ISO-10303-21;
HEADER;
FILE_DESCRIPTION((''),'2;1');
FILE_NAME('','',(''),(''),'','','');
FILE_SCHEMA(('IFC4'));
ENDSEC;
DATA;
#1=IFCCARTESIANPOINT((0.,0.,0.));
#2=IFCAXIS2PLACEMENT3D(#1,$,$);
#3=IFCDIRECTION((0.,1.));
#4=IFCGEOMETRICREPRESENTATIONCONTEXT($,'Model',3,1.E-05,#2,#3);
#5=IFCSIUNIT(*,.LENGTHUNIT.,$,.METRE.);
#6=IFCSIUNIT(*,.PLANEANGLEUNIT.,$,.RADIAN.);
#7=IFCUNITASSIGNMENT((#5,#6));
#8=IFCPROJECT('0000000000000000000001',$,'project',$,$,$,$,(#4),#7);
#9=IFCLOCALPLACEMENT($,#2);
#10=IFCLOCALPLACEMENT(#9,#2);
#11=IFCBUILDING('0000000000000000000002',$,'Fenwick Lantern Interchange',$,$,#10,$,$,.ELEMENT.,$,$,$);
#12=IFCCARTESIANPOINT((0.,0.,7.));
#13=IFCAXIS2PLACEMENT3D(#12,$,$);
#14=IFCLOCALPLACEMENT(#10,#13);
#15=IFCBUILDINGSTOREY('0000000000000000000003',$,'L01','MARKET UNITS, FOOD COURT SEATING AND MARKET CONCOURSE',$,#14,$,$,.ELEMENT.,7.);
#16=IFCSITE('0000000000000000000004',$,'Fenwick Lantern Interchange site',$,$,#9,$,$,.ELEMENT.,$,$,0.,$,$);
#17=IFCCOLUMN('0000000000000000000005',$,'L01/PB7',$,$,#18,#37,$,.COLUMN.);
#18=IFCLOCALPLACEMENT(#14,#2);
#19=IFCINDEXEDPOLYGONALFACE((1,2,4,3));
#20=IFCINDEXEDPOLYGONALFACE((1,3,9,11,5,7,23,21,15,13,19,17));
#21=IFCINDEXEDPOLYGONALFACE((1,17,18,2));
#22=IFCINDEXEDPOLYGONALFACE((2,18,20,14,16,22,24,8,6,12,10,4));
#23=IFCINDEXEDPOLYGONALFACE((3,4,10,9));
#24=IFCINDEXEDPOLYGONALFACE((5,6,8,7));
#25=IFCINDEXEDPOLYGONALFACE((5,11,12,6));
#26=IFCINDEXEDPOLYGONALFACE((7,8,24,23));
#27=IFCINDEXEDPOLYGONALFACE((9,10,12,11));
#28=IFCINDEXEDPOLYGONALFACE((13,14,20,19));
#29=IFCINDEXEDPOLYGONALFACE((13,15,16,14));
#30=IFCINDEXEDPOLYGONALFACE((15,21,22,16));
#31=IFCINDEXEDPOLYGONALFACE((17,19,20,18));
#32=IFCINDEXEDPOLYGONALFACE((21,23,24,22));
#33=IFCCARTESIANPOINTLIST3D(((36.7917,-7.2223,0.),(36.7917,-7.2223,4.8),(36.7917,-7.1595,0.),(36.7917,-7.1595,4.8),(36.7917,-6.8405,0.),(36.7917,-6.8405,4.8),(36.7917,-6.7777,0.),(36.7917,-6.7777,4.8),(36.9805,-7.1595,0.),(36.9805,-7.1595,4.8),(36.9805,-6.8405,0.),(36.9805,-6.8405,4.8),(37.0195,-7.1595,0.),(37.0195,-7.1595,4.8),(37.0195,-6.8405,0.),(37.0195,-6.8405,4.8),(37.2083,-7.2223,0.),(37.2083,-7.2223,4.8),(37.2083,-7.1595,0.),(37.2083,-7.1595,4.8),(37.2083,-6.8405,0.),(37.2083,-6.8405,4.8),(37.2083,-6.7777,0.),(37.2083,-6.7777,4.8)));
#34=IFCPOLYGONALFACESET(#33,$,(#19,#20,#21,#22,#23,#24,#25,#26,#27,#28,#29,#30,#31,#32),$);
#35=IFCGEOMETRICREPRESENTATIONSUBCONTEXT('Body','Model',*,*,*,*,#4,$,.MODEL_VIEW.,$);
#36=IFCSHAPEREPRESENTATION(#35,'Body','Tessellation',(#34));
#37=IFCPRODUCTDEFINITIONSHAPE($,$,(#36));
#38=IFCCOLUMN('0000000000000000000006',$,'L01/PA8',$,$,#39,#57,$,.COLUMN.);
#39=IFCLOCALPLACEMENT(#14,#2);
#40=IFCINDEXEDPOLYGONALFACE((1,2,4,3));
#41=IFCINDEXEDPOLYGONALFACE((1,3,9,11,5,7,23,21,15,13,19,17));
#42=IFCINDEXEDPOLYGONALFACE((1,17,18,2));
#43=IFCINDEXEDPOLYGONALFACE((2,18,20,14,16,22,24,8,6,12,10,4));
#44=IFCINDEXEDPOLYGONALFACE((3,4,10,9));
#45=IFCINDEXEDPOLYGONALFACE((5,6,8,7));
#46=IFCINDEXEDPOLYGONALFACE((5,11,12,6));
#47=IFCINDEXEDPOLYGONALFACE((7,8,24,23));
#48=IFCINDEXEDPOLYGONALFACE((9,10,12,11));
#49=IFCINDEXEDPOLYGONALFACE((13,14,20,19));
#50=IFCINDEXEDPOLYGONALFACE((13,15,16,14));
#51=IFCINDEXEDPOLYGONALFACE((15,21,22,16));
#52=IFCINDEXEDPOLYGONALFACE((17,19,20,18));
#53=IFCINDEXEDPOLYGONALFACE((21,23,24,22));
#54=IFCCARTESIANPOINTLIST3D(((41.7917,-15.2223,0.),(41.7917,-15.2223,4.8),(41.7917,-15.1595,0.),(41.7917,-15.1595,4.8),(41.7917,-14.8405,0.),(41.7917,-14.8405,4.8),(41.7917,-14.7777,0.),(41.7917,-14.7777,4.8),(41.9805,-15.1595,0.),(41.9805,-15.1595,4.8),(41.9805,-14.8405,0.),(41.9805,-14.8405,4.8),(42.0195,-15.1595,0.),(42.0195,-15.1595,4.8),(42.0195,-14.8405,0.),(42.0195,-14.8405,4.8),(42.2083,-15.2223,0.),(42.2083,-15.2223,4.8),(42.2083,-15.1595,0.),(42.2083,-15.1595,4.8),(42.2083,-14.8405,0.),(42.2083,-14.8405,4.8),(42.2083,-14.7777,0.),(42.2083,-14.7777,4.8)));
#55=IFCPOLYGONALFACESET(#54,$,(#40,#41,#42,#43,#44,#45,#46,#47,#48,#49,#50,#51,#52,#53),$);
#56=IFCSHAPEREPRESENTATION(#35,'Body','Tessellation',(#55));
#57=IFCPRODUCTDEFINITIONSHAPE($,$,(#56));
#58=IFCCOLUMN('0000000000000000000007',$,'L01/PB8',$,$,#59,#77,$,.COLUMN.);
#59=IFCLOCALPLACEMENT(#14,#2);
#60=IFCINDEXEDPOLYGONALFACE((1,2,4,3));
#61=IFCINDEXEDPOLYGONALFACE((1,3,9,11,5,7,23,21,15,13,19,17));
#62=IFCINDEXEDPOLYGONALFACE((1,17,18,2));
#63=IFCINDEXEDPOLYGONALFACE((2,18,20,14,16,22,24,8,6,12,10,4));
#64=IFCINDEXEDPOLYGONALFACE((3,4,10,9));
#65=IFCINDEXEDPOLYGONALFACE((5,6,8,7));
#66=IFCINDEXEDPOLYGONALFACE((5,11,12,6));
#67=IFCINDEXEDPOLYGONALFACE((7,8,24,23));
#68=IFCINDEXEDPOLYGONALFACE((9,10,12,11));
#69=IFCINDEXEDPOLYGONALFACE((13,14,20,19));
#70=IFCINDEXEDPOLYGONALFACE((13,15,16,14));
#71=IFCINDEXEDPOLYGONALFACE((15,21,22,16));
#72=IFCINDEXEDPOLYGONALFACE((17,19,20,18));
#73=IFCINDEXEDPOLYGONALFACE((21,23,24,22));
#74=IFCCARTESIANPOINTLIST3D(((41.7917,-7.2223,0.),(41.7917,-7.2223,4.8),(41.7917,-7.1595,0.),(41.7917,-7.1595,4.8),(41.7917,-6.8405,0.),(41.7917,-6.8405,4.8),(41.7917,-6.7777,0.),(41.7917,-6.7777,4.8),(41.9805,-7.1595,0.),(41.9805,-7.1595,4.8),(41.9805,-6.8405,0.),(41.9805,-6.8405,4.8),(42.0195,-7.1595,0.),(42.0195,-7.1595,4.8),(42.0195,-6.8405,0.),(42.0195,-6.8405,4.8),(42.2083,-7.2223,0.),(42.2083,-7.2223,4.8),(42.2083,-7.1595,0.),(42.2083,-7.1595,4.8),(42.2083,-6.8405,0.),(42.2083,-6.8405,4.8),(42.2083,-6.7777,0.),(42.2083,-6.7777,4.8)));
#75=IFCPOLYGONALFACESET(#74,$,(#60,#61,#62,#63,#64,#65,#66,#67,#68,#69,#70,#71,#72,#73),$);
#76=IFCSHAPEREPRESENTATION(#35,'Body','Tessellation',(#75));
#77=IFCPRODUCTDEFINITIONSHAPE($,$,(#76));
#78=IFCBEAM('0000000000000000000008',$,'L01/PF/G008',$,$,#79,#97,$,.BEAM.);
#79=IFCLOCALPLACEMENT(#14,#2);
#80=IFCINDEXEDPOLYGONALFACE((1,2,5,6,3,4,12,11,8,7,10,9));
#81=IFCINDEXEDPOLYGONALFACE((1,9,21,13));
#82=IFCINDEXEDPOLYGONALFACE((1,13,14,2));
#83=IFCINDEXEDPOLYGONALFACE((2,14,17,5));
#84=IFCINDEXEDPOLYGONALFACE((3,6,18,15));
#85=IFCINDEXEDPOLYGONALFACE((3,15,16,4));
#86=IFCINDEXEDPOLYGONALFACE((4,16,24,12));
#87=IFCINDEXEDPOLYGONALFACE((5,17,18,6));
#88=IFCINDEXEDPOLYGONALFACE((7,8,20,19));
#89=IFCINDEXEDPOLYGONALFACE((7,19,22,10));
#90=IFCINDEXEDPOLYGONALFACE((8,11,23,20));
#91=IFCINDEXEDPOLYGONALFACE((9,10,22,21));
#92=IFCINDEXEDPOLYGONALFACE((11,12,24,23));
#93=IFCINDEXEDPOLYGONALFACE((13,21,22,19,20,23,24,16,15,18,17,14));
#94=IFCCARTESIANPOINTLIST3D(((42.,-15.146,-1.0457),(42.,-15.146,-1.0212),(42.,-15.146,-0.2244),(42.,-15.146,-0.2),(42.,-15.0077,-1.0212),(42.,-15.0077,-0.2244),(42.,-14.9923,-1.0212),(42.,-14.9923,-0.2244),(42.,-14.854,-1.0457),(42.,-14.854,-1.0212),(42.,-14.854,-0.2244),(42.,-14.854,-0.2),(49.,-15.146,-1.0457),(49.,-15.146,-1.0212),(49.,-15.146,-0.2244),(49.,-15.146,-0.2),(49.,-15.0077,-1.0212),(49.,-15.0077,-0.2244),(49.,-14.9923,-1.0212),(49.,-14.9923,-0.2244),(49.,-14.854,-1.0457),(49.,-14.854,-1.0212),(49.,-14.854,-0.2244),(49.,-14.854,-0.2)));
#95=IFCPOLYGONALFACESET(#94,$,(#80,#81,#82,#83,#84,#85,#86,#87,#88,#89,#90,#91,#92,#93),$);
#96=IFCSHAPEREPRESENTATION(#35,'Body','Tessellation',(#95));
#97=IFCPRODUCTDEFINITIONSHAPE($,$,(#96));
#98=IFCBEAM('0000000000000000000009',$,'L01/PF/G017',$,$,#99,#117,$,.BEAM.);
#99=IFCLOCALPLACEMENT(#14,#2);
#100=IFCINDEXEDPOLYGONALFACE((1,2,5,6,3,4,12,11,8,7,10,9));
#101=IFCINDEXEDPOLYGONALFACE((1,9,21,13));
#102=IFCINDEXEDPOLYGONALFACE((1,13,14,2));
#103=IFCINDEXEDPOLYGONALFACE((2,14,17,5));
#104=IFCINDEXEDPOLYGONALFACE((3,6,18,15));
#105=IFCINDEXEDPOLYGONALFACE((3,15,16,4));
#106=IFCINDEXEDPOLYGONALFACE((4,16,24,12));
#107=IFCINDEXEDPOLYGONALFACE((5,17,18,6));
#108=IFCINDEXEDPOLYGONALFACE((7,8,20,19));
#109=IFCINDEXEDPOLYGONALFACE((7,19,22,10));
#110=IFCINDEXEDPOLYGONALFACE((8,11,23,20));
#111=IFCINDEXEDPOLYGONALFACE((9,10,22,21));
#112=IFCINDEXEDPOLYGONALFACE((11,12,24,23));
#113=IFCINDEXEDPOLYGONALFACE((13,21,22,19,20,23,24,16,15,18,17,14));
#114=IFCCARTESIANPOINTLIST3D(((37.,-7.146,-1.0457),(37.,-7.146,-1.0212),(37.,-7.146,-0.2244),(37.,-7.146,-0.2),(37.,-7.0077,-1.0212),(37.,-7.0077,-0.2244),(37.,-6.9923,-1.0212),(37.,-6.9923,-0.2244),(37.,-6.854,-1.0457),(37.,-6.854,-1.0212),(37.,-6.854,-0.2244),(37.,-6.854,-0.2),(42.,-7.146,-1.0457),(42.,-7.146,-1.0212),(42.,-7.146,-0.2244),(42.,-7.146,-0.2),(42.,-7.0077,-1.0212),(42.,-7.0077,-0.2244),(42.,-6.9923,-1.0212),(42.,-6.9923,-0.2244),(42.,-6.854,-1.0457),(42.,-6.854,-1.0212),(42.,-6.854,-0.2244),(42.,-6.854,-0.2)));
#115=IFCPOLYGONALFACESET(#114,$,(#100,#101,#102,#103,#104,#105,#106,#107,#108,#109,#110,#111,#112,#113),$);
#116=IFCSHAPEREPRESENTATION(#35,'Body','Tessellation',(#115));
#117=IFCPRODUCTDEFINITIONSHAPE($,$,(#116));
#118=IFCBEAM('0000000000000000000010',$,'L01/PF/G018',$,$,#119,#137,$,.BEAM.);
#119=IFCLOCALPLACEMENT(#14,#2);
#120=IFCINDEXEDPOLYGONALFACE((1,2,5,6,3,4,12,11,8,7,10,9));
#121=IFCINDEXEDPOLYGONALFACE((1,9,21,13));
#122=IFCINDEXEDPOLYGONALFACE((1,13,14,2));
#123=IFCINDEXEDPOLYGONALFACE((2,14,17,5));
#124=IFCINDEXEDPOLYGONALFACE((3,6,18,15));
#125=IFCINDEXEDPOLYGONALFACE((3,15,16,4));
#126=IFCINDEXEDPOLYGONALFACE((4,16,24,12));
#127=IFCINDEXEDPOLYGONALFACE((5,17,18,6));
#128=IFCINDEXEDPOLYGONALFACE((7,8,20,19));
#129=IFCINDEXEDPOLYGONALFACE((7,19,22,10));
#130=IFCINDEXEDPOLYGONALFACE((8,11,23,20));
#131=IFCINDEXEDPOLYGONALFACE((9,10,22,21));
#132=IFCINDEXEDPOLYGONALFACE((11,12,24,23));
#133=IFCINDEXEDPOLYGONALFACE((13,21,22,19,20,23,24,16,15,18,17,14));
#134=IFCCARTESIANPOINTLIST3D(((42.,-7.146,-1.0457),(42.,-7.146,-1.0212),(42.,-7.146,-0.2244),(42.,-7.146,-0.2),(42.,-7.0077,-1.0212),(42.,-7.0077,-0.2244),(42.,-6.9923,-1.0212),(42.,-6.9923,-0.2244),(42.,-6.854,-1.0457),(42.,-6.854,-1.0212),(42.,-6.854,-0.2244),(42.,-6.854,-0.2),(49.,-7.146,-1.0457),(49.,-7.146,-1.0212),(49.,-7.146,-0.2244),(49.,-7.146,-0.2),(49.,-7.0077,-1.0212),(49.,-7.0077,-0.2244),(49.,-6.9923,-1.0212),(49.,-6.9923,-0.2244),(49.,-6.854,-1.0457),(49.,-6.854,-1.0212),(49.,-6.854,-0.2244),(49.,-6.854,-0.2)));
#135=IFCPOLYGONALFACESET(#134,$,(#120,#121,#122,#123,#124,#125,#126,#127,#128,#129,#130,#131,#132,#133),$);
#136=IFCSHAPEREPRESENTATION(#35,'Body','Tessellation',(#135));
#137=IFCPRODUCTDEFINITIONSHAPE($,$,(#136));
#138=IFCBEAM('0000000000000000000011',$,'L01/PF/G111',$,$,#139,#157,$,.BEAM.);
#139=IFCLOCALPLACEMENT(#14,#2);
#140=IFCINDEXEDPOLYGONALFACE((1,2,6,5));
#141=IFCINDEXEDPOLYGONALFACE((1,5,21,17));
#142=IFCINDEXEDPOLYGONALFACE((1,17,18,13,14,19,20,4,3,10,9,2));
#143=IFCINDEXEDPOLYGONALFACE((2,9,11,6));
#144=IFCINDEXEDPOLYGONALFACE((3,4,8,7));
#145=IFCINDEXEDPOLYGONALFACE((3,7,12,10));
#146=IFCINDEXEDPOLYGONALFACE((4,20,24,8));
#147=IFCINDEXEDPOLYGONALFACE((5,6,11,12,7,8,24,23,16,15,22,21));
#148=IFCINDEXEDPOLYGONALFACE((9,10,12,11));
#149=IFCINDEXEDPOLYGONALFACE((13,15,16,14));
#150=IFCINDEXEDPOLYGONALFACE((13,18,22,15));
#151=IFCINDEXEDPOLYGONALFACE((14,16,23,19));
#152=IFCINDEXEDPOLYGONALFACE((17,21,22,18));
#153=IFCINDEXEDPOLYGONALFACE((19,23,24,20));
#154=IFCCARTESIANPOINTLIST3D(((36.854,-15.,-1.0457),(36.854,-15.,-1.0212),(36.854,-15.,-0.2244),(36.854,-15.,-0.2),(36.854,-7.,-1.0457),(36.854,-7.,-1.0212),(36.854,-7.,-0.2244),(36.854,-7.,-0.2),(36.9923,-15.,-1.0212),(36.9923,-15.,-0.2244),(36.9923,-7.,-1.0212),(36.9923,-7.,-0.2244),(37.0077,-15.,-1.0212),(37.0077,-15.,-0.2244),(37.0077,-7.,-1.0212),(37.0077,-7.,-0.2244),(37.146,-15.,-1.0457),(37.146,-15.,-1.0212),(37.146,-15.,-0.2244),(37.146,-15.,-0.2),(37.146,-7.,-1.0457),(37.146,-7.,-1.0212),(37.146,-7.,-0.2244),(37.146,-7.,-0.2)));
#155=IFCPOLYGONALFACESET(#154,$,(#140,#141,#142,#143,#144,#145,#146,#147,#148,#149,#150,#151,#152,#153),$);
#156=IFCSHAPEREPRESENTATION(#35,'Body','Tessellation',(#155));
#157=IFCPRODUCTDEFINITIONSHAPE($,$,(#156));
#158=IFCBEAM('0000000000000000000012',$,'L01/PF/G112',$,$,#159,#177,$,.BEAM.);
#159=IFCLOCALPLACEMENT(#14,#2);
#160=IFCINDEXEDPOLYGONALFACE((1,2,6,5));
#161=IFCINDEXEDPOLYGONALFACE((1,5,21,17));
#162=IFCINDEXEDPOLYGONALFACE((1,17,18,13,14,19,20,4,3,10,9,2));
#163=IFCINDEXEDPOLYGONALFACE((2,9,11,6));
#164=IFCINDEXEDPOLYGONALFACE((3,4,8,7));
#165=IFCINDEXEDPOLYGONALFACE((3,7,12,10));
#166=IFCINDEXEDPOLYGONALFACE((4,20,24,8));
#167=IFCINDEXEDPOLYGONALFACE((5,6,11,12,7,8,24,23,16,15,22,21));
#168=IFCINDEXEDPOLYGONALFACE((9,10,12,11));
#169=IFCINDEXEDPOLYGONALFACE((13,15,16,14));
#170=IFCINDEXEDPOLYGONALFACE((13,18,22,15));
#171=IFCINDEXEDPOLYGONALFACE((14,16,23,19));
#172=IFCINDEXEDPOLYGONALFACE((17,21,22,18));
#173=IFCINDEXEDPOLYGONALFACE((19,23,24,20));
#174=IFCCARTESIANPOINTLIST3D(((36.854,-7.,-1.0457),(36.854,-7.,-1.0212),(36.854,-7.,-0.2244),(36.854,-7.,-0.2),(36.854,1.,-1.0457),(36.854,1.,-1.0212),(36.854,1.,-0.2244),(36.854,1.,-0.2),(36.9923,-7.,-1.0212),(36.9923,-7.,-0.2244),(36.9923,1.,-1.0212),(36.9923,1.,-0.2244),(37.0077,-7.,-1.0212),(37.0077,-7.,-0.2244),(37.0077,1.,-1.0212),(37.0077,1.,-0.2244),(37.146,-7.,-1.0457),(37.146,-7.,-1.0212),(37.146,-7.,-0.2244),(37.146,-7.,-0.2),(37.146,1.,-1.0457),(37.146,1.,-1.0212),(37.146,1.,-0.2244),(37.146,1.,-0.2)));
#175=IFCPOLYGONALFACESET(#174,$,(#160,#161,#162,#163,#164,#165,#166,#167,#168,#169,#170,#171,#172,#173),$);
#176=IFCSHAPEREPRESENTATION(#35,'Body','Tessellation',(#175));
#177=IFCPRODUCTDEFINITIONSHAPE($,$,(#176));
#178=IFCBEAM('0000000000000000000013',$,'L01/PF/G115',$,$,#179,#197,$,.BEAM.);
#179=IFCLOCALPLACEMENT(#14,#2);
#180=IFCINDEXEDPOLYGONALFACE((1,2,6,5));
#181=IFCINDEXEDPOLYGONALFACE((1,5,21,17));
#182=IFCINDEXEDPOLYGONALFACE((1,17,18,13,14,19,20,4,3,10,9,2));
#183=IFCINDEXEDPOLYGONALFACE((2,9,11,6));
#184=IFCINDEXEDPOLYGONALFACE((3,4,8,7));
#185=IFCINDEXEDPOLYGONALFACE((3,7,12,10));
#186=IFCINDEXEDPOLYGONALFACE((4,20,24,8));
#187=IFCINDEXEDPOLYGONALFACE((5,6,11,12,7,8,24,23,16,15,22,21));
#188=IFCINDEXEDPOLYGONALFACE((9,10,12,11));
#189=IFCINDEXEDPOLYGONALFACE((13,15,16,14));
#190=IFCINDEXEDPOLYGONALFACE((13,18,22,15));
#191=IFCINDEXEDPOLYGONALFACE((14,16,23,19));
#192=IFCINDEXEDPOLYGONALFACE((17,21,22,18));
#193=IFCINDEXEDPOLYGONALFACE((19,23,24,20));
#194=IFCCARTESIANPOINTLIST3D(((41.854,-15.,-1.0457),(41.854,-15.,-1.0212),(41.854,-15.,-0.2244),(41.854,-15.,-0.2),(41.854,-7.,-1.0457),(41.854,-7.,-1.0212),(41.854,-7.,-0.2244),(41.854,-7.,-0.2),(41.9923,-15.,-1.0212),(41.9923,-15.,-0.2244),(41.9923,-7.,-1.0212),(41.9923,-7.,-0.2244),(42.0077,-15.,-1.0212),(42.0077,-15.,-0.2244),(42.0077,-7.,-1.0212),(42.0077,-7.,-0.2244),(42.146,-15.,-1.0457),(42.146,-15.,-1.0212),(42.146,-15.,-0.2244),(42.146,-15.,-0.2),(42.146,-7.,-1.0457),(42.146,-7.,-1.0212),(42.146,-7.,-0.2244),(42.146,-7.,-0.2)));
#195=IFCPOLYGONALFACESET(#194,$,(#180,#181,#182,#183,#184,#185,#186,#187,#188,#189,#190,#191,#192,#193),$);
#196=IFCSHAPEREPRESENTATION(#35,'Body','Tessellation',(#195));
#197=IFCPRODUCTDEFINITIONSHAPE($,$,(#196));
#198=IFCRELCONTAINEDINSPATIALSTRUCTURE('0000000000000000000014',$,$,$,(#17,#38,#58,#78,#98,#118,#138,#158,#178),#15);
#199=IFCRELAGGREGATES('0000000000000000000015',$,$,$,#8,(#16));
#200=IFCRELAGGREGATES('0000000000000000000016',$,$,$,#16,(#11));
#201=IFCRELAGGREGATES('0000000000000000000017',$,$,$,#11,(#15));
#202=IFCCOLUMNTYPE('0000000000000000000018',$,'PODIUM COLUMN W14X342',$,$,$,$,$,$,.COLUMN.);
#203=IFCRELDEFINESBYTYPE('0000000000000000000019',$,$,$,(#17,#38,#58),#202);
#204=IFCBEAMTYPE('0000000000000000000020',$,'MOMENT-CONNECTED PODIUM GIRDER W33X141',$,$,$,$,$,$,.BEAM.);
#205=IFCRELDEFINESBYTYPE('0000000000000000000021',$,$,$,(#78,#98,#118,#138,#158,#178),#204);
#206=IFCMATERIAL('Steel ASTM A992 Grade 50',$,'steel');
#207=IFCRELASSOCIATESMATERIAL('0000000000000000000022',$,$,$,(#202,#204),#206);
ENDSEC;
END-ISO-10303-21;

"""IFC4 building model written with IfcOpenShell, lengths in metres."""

from ifc_helpers import new_model, si_unit, direction, frame, origin, origin_2d, place, context, subcontext, project, spatial, i_section, extrude, material, material_profile, profile_set, type_object, element, save


model = new_model("IFC4")

# Units and contexts
model_context = context("Model", 3, precision=1e-05, world=origin(), true_north=direction((0.0, 1.0)))
body_context = subcontext(model_context, "Body", "Model", "MODEL_VIEW")
ifc_project = project(units=[si_unit("LENGTHUNIT", "METRE"), si_unit("PLANEANGLEUNIT", "RADIAN")], contexts=[model_context])

# Site, building, storey
site_placement = place(None, origin())
site = spatial("IfcSite", under=ifc_project, at=site_placement, Name="Fenwick Lantern Interchange site", CompositionType="ELEMENT", RefElevation=0.0)
building_placement = place(site_placement, origin())
building = spatial("IfcBuilding", under=site, at=building_placement, Name="Fenwick Lantern Interchange", CompositionType="ELEMENT")
storey_placement = place(building_placement, frame((0.0, 0.0, 7.0)))
storey = spatial("IfcBuildingStorey", under=building, at=storey_placement, Name="L01", Description="MARKET UNITS, FOOD COURT SEATING AND MARKET CONCOURSE", CompositionType="ELEMENT", Elevation=7.0)

# Columns
ifc_material_1 = material(Name="Steel ASTM A992 Grade 50", Category="steel")
ifc_material_profile_1 = material_profile(ifc_material_1, i_section(OverallWidth=0.4165, OverallDepth=0.4446, WebThickness=0.0391, FlangeThickness=0.0627, at=origin_2d()), Name="W14X342")
ifc_profile_set_1 = profile_set([ifc_material_profile_1], Name="Steel ASTM A992 Grade 50")
column_type = type_object("IfcColumnType", Name="PODIUM COLUMN W14X342", PredefinedType="COLUMN", material=ifc_profile_set_1)
for number, where, z_axis, x_axis, name in (
    (1, (37.0, -7.0, 0.0), (0.0, 0.0, 1.0), (1.0, 0.0, 0.0), "L01/PB7"),
    (2, (42.0, -15.0, 0.0), (0.0, 0.0, 1.0), (1.0, 0.0, 0.0), "L01/PA8"),
    (3, (42.0, -7.0, 0.0), (0.0, 0.0, 1.0), (1.0, 0.0, 0.0), "L01/PB8"),
):
    element("IfcColumn", number, at=place(storey_placement, frame(where, z_axis=z_axis, x_axis=x_axis)), inside=storey, type_object=column_type, Name=name, PredefinedType="COLUMN", context=body_context, shape_type="SweptSolid", body=[
        extrude(i_section(OverallWidth=0.4165, OverallDepth=0.4446, WebThickness=0.0391, FlangeThickness=0.0627, at=origin_2d()), origin(), (0.0, 0.0, 1.0), 4.8),
    ])

# Beams
ifc_material_profile_2 = material_profile(ifc_material_1, i_section(OverallWidth=0.292, OverallDepth=0.8457, WebThickness=0.0154, FlangeThickness=0.0244, at=origin_2d()), Name="W33X141")
ifc_profile_set_2 = profile_set([ifc_material_profile_2], Name="Steel ASTM A992 Grade 50")
beam_type_1 = type_object("IfcBeamType", Name="MOMENT-CONNECTED PODIUM GIRDER W33X141", PredefinedType="BEAM", material=ifc_profile_set_2)
beam_1_placement = place(storey_placement, frame((42.0, -15.0, -0.6228), z_axis=(1.0, 0.0, 0.0), x_axis=(0.0, 1.0, 0.0)))
element("IfcBeam", 4, at=beam_1_placement, inside=storey, type_object=beam_type_1, Name="L01/PF/G008", PredefinedType="BEAM", context=body_context, shape_type="SweptSolid", body=[
    extrude(i_section(OverallWidth=0.292, OverallDepth=0.8457, WebThickness=0.0154, FlangeThickness=0.0244, at=origin_2d()), origin(), (0.0, 0.0, 1.0), 7.0),
])
beam_2_placement = place(storey_placement, frame((37.0, -7.0, -0.6228), z_axis=(1.0, 0.0, 0.0), x_axis=(0.0, 1.0, 0.0)))
element("IfcBeam", 5, at=beam_2_placement, inside=storey, type_object=beam_type_1, Name="L01/PF/G017", PredefinedType="BEAM", context=body_context, shape_type="SweptSolid", body=[
    extrude(i_section(OverallWidth=0.292, OverallDepth=0.8457, WebThickness=0.0154, FlangeThickness=0.0244, at=origin_2d()), origin(), (0.0, 0.0, 1.0), 5.0),
])
beam_3_placement = place(storey_placement, frame((42.0, -7.0, -0.6228), z_axis=(1.0, 0.0, 0.0), x_axis=(0.0, 1.0, 0.0)))
element("IfcBeam", 6, at=beam_3_placement, inside=storey, type_object=beam_type_1, Name="L01/PF/G018", PredefinedType="BEAM", context=body_context, shape_type="SweptSolid", body=[
    extrude(i_section(OverallWidth=0.292, OverallDepth=0.8457, WebThickness=0.0154, FlangeThickness=0.0244, at=origin_2d()), origin(), (0.0, 0.0, 1.0), 7.0),
])
for number, where, z_axis, x_axis, name in (
    (7, (37.0, -15.0, -0.6228), (0.0, 1.0, 0.0), (-1.0, 0.0, 0.0), "L01/PF/G111"),
    (8, (37.0, -7.0, -0.6228), (0.0, 1.0, 0.0), (-1.0, 0.0, 0.0), "L01/PF/G112"),
    (9, (42.0, -15.0, -0.6228), (0.0, 1.0, 0.0), (-1.0, 0.0, 0.0), "L01/PF/G115"),
):
    element("IfcBeam", number, at=place(storey_placement, frame(where, z_axis=z_axis, x_axis=x_axis)), inside=storey, type_object=beam_type_1, Name=name, PredefinedType="BEAM", context=body_context, shape_type="SweptSolid", body=[
        extrude(i_section(OverallWidth=0.292, OverallDepth=0.8457, WebThickness=0.0154, FlangeThickness=0.0244, at=origin_2d()), origin(), (0.0, 0.0, 1.0), 8.0),
    ])

save(model, "model.ifc")
